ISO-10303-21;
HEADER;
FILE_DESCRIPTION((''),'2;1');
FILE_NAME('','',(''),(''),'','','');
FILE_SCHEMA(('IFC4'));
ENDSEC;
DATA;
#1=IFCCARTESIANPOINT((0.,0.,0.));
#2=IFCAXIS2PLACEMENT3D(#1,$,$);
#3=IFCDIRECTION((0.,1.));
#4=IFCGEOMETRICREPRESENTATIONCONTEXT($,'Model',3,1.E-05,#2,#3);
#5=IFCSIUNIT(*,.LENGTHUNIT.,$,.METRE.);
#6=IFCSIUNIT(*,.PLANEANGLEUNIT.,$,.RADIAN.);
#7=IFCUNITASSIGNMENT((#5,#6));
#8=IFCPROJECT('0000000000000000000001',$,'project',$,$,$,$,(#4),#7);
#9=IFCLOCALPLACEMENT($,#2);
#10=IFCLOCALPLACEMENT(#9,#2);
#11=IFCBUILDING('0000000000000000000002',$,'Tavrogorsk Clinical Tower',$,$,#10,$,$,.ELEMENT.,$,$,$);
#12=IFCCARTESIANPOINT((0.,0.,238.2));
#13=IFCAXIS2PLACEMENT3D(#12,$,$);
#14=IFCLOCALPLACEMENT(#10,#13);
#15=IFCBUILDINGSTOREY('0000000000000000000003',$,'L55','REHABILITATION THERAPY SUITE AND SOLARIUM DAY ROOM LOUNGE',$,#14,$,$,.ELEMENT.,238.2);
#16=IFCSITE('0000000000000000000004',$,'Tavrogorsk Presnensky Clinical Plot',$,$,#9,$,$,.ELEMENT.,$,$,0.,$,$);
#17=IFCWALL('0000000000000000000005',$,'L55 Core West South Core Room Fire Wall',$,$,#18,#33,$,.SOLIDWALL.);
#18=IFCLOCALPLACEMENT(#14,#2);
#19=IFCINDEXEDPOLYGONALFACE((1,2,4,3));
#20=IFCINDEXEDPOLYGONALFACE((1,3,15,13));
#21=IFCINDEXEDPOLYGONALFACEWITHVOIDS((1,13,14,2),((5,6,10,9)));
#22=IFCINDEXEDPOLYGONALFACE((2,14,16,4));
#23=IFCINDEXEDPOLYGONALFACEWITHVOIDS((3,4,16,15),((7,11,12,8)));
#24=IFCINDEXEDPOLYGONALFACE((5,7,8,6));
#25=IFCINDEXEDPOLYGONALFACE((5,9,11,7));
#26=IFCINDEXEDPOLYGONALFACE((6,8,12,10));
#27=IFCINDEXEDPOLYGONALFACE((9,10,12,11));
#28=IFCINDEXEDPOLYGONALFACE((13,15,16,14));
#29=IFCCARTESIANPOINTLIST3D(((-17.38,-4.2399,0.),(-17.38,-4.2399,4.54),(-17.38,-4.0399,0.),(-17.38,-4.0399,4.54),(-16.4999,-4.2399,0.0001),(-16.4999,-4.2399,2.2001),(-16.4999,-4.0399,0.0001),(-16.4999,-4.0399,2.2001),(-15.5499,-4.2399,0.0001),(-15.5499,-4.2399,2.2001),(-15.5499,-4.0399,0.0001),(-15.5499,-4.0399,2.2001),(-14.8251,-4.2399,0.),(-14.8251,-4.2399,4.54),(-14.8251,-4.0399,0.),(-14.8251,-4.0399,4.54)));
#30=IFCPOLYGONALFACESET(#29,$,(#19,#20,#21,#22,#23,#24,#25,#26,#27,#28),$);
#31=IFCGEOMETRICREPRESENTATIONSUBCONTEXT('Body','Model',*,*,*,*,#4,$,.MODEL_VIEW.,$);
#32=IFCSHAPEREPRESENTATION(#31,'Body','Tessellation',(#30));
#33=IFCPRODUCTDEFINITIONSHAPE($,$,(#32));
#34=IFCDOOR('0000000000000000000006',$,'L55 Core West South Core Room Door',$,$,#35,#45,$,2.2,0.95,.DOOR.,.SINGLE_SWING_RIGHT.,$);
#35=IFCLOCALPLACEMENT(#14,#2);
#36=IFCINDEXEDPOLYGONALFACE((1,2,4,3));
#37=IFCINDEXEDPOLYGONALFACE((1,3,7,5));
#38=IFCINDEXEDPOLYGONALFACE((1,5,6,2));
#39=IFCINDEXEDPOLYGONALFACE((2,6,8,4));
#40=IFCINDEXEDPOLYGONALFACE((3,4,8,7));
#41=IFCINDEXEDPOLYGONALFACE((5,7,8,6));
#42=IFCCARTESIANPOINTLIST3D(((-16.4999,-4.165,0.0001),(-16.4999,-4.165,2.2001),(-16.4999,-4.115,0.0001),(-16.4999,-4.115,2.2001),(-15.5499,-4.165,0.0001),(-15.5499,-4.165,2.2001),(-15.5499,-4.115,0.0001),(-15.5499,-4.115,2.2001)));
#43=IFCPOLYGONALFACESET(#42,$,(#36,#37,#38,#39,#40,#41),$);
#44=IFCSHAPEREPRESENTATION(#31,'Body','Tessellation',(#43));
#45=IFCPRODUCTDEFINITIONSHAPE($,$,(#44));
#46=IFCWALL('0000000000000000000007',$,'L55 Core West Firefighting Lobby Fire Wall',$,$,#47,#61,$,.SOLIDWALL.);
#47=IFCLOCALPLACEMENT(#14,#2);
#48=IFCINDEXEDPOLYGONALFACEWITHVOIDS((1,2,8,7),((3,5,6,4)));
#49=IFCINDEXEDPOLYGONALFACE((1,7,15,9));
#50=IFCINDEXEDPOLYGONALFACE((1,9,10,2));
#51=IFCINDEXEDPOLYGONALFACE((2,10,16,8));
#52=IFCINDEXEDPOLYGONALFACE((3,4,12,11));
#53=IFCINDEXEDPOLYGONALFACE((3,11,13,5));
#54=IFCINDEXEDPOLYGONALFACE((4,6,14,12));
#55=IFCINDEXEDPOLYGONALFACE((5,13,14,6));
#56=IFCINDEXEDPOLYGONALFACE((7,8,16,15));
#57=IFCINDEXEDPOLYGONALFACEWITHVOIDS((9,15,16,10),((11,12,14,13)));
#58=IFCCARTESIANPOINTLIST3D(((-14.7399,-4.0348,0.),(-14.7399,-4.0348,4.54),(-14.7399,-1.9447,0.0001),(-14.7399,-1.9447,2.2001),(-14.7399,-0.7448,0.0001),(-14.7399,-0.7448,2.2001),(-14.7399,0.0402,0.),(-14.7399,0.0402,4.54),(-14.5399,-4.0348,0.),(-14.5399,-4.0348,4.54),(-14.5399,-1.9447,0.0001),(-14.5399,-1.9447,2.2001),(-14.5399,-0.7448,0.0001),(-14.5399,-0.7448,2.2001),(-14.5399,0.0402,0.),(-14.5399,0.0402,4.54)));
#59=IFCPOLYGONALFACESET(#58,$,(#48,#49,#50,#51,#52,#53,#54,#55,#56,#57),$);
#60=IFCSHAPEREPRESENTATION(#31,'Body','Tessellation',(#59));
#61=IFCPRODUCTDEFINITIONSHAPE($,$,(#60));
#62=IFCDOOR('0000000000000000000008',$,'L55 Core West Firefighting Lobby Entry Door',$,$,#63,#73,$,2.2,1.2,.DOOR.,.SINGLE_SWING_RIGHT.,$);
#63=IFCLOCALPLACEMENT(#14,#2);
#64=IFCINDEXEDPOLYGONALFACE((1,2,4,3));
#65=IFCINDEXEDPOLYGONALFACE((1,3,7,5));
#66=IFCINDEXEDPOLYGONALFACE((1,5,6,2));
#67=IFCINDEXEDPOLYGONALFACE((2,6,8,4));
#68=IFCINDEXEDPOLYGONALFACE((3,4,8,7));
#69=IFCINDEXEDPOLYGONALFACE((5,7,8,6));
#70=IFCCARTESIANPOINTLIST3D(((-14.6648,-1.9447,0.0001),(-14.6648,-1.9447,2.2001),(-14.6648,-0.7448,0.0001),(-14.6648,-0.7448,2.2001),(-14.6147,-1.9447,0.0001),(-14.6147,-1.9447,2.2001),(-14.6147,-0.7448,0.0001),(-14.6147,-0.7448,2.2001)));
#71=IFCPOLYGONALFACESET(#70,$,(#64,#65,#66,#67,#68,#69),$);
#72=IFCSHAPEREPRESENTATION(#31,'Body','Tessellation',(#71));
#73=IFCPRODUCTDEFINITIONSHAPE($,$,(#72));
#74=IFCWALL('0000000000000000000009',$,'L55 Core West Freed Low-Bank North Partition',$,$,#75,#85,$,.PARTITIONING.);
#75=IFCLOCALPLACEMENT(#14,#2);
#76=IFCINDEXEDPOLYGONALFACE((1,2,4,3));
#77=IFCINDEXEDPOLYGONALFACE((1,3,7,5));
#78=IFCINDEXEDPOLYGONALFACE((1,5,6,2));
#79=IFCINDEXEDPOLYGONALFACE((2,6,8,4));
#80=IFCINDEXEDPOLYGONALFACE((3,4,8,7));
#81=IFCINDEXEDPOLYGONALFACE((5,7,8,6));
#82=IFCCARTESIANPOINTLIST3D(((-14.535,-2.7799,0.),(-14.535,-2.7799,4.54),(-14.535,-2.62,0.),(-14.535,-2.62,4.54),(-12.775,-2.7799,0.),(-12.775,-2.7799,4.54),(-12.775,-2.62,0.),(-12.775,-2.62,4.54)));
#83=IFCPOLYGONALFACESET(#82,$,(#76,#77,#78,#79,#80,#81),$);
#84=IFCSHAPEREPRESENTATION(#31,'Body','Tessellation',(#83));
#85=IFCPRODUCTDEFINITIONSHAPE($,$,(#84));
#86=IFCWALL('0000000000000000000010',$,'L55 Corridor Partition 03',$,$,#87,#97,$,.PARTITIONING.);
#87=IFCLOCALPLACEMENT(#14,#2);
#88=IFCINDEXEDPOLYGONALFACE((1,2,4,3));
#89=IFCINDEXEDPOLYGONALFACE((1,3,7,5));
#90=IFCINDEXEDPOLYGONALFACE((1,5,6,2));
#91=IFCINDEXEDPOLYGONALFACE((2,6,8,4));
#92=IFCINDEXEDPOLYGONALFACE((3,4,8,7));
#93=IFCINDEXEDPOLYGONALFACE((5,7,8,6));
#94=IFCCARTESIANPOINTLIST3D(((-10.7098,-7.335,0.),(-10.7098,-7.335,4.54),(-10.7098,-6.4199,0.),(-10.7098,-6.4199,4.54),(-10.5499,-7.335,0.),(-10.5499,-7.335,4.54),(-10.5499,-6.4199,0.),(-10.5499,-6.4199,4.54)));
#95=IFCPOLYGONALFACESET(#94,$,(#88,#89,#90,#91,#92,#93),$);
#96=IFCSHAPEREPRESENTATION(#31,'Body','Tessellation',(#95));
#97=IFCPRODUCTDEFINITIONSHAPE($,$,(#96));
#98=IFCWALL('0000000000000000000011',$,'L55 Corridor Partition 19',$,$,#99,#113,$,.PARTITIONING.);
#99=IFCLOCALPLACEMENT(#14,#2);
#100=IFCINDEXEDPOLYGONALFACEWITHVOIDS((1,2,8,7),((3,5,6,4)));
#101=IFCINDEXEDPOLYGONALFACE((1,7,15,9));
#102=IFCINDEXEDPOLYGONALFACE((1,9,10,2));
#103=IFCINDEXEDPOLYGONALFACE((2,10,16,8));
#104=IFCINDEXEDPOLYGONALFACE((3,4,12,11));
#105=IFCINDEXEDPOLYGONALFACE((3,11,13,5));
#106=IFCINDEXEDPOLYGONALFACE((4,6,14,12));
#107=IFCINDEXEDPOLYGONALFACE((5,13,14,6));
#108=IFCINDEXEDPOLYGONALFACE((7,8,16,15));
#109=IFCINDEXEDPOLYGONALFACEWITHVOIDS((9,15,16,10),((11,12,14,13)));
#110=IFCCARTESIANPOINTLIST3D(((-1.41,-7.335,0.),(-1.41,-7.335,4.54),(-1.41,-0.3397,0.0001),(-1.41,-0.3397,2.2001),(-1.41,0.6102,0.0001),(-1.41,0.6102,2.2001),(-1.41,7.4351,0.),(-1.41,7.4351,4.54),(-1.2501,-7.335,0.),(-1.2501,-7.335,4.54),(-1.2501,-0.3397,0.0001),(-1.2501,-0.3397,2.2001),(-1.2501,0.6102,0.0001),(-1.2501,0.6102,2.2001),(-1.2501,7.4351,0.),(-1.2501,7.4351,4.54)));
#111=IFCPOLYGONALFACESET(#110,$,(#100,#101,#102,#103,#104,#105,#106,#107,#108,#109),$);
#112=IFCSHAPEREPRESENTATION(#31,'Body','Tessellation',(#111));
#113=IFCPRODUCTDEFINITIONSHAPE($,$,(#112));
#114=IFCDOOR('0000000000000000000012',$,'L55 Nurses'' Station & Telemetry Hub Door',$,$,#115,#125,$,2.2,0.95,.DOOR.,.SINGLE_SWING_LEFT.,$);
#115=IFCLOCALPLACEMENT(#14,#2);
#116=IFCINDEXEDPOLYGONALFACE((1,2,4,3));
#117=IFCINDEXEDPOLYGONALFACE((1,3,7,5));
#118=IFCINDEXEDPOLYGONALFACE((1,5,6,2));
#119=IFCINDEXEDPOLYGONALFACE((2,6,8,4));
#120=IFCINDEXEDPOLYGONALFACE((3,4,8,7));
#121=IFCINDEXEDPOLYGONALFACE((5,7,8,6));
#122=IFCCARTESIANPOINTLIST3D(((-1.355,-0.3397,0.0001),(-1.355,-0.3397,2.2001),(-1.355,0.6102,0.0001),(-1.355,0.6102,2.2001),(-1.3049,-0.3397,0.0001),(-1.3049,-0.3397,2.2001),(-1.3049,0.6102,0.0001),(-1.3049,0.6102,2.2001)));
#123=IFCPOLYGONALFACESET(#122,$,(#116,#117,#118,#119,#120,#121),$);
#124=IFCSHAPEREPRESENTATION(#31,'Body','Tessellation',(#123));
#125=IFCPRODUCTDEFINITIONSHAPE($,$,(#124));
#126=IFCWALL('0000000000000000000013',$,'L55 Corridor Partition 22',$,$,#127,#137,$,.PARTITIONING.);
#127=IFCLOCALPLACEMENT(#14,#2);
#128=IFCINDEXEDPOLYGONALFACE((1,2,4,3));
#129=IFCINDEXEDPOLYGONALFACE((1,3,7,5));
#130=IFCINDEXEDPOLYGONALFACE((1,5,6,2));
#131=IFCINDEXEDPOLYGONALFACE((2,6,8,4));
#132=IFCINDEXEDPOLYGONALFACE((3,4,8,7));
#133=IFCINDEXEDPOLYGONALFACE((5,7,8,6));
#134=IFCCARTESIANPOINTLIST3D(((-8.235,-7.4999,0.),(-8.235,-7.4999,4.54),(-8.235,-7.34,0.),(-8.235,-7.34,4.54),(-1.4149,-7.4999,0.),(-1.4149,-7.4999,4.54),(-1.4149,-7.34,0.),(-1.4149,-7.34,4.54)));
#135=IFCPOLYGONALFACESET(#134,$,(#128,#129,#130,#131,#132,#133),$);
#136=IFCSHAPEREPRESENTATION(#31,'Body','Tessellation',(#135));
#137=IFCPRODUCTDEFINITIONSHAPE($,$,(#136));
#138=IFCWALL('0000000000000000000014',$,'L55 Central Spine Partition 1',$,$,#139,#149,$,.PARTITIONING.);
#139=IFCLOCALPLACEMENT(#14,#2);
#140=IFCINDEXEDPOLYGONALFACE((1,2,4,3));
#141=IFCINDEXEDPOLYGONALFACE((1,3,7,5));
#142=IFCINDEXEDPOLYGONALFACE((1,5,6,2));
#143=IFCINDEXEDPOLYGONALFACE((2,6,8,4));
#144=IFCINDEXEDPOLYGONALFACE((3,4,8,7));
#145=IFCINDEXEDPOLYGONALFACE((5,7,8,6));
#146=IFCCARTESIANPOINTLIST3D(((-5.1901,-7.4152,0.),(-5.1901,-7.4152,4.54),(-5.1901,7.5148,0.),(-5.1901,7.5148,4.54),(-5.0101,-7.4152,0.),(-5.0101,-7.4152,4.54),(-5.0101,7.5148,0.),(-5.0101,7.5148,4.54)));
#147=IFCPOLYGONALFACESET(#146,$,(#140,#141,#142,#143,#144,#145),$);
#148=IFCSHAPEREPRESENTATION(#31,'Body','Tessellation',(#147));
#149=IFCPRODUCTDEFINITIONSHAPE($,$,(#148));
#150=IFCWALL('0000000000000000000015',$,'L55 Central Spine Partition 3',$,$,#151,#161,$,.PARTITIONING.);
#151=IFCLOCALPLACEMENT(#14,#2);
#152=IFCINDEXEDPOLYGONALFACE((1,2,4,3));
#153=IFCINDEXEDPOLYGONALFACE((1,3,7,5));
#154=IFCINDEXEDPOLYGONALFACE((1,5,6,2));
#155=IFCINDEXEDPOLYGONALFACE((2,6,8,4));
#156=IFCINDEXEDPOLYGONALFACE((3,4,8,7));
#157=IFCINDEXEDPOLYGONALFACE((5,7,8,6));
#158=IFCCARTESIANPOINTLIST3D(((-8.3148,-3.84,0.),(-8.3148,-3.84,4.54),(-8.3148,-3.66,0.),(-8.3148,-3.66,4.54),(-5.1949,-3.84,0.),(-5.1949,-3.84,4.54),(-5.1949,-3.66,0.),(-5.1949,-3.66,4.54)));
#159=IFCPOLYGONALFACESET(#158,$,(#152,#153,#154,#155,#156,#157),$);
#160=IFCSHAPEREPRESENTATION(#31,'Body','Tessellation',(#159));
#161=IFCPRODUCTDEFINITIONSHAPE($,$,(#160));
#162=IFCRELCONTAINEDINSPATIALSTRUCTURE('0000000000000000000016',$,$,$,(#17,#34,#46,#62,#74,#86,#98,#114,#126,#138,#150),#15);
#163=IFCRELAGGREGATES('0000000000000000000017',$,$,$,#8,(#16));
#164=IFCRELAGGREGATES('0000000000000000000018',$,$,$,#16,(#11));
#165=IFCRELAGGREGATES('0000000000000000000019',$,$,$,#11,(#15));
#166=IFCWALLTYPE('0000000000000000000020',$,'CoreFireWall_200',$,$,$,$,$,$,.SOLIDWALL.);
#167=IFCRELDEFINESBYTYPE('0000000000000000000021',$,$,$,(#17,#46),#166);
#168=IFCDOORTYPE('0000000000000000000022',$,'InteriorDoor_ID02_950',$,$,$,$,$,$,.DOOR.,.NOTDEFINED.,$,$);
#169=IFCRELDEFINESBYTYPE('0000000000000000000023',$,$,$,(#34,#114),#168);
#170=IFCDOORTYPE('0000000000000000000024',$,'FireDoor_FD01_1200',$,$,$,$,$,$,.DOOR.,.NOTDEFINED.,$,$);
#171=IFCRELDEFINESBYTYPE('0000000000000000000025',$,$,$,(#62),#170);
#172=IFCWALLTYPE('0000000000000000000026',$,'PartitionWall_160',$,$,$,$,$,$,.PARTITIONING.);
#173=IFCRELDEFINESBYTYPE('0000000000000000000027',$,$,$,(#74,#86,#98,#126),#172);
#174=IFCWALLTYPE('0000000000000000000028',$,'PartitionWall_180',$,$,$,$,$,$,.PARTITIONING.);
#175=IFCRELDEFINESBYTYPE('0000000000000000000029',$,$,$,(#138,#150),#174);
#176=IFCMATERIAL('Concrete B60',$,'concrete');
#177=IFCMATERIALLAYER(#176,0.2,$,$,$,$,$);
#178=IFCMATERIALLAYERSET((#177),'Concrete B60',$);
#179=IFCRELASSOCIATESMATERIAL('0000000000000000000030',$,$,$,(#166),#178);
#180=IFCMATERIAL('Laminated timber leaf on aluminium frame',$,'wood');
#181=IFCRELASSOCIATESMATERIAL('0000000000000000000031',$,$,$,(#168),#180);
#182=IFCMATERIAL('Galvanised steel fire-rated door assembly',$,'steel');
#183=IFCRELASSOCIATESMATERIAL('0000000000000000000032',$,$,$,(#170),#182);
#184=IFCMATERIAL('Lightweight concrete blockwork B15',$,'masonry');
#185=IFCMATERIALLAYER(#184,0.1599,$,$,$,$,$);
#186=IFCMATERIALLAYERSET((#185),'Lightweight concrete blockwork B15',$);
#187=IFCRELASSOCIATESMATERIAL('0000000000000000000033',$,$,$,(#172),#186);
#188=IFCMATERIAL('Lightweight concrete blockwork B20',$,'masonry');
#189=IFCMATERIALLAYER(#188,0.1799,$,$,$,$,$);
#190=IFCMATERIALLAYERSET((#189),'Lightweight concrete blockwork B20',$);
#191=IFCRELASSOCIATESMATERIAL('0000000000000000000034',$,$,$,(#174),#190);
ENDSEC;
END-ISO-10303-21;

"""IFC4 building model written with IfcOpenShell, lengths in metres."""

from ifc_helpers import new_model, si_unit, direction, frame, frame_2d, origin, place, context, subcontext, project, spatial, rectangle, extrude, material, layer, layer_set, type_object, element, fill, save


model = new_model("IFC4")

# Units and contexts
model_context = context("Model", 3, precision=1e-05, world=origin(), true_north=direction((0.0, 1.0)))
body_context = subcontext(model_context, "Body", "Model", "MODEL_VIEW")
ifc_project = project(units=[si_unit("LENGTHUNIT", "METRE"), si_unit("PLANEANGLEUNIT", "RADIAN")], contexts=[model_context])

# Site, building, storey
site_placement = place(None, origin())
site = spatial("IfcSite", under=ifc_project, at=site_placement, Name="Tavrogorsk Presnensky Clinical Plot", CompositionType="ELEMENT", RefElevation=0.0)
building_placement = place(site_placement, origin())
building = spatial("IfcBuilding", under=site, at=building_placement, Name="Tavrogorsk Clinical Tower", CompositionType="ELEMENT")
storey_placement = place(building_placement, frame((0.0, 0.0, 238.2)))
storey = spatial("IfcBuildingStorey", under=building, at=storey_placement, Name="L55", Description="REHABILITATION THERAPY SUITE AND SOLARIUM DAY ROOM LOUNGE", CompositionType="ELEMENT", Elevation=238.2)

# Walls, openings, doors
ifc_material_1 = material(Name="Concrete B60", Category="concrete")
ifc_layer_1 = layer(ifc_material_1, 0.2)
ifc_layer_set_1 = layer_set([ifc_layer_1], Name="Concrete B60")
wall_type_1 = type_object("IfcWallType", Name="CoreFireWall_200", PredefinedType="SOLIDWALL", material=ifc_layer_set_1)
wall_1_placement = place(storey_placement, frame((-17.3799, -4.1399, 0.0), z_axis=(0.0, 0.0, 1.0), x_axis=(1.0, 0.0, 0.0)))
wall_1 = element("IfcWall", 1, at=wall_1_placement, inside=storey, type_object=wall_type_1, Name="L55 Core West South Core Room Fire Wall", PredefinedType="SOLIDWALL", context=body_context, shape_type="SweptSolid", body=[
    extrude(rectangle(XDim=2.5549, YDim=0.2, at=frame_2d((1.2773, 0.0))), origin(), (0.0, 0.0, 1.0), 4.54),
])
opening_1_placement = place(wall_1_placement, frame((0.8799, 0.0, 0.0)))
opening_1 = element("IfcOpeningElement", 2, at=opening_1_placement, cuts=wall_1, PredefinedType="OPENING", context=body_context, shape_type="SweptSolid", body=[
    extrude(rectangle(XDim=0.95, YDim=2.2, at=frame_2d((0.4751, 1.1001))), frame((0.0, 0.1099, 0.0), z_axis=(0.0, -1.0, 0.0), x_axis=(1.0, 0.0, 0.0)), (0.0, 0.0, 1.0), 0.22),
])
ifc_material_2 = material(Name="Laminated timber leaf on aluminium frame", Category="wood")
door_type_1 = type_object("IfcDoorType", Name="InteriorDoor_ID02_950", OperationType="NOTDEFINED", PredefinedType="DOOR", material=ifc_material_2)
door_1_placement = place(opening_1_placement, origin())
door_1 = element("IfcDoor", 3, at=door_1_placement, inside=storey, type_object=door_type_1, Name="L55 Core West South Core Room Door", OperationType="SINGLE_SWING_RIGHT", OverallHeight=2.2, OverallWidth=0.95, PredefinedType="DOOR", context=body_context, shape_type="SweptSolid", body=[
    extrude(rectangle(XDim=0.95, YDim=2.2, at=frame_2d((0.4751, 1.1001))), frame((0.0, 0.0249, 0.0), z_axis=(0.0, -1.0, 0.0), x_axis=(1.0, 0.0, 0.0)), (0.0, 0.0, 1.0), 0.05),
])
fill(opening_1, door_1)
wall_2_placement = place(storey_placement, frame((-14.6399, -4.0349, 0.0), z_axis=(0.0, 0.0, 1.0), x_axis=(0.0, 1.0, 0.0)))
wall_2 = element("IfcWall", 4, at=wall_2_placement, inside=storey, type_object=wall_type_1, Name="L55 Core West Firefighting Lobby Fire Wall", PredefinedType="SOLIDWALL", context=body_context, shape_type="SweptSolid", body=[
    extrude(rectangle(XDim=4.075, YDim=0.2, at=frame_2d((2.0376, 0.0))), origin(), (0.0, 0.0, 1.0), 4.54),
])
opening_2_placement = place(wall_2_placement, frame((2.0901, 0.0, 0.0)))
opening_2 = element("IfcOpeningElement", 5, at=opening_2_placement, cuts=wall_2, PredefinedType="OPENING", context=body_context, shape_type="SweptSolid", body=[
    extrude(rectangle(XDim=1.2, YDim=2.2, at=frame_2d((0.6001, 1.1001))), frame((0.0, 0.1099, 0.0), z_axis=(0.0, -1.0, 0.0), x_axis=(1.0, 0.0, 0.0)), (0.0, 0.0, 1.0), 0.22),
])
ifc_material_3 = material(Name="Galvanised steel fire-rated door assembly", Category="steel")
door_type_2 = type_object("IfcDoorType", Name="FireDoor_FD01_1200", OperationType="NOTDEFINED", PredefinedType="DOOR", material=ifc_material_3)
door_2_placement = place(opening_2_placement, origin())
door_2 = element("IfcDoor", 6, at=door_2_placement, inside=storey, type_object=door_type_2, Name="L55 Core West Firefighting Lobby Entry Door", OperationType="SINGLE_SWING_RIGHT", OverallHeight=2.2, OverallWidth=1.2, PredefinedType="DOOR", context=body_context, shape_type="SweptSolid", body=[
    extrude(rectangle(XDim=1.2, YDim=2.2, at=frame_2d((0.6001, 1.1001))), frame((0.0, 0.0249, 0.0), z_axis=(0.0, -1.0, 0.0), x_axis=(1.0, 0.0, 0.0)), (0.0, 0.0, 1.0), 0.05),
])
fill(opening_2, door_2)

# Walls
ifc_material_4 = material(Name="Lightweight concrete blockwork B15", Category="masonry")
ifc_layer_2 = layer(ifc_material_4, 0.1599)
ifc_layer_set_2 = layer_set([ifc_layer_2], Name="Lightweight concrete blockwork B15")
wall_type_2 = type_object("IfcWallType", Name="PartitionWall_160", PredefinedType="PARTITIONING", material=ifc_layer_set_2)
wall_3_placement = place(storey_placement, frame((-14.5349, -2.7, 0.0), z_axis=(0.0, 0.0, 1.0), x_axis=(1.0, 0.0, 0.0)))
element("IfcWall", 7, at=wall_3_placement, inside=storey, type_object=wall_type_2, Name="L55 Core West Freed Low-Bank North Partition", PredefinedType="PARTITIONING", context=body_context, shape_type="SweptSolid", body=[
    extrude(rectangle(XDim=1.76, YDim=0.1599, at=frame_2d((0.8799, 0.0))), origin(), (0.0, 0.0, 1.0), 4.54),
])
wall_4_placement = place(storey_placement, frame((-10.6299, -7.335, 0.0), z_axis=(0.0, 0.0, 1.0), x_axis=(0.0, 1.0, 0.0)))
element("IfcWall", 8, at=wall_4_placement, inside=storey, type_object=wall_type_2, Name="L55 Corridor Partition 03", PredefinedType="PARTITIONING", context=body_context, shape_type="SweptSolid", body=[
    extrude(rectangle(XDim=0.915, YDim=0.1599, at=frame_2d((0.4575, 0.0))), origin(), (0.0, 0.0, 1.0), 4.54),
])

# Wall, opening, door
wall_5_placement = place(storey_placement, frame((-1.3301, -7.335, 0.0), z_axis=(0.0, 0.0, 1.0), x_axis=(0.0, 1.0, 0.0)))
wall_5 = element("IfcWall", 9, at=wall_5_placement, inside=storey, type_object=wall_type_2, Name="L55 Corridor Partition 19", PredefinedType="PARTITIONING", context=body_context, shape_type="SweptSolid", body=[
    extrude(rectangle(XDim=14.77, YDim=0.1599, at=frame_2d((7.385, 0.0))), origin(), (0.0, 0.0, 1.0), 4.54),
])
opening_3_placement = place(wall_5_placement, frame((6.9951, 0.0, 0.0)))
opening_3 = element("IfcOpeningElement", 10, at=opening_3_placement, cuts=wall_5, PredefinedType="OPENING", context=body_context, shape_type="SweptSolid", body=[
    extrude(rectangle(XDim=0.95, YDim=2.2, at=frame_2d((0.4751, 1.1001))), frame((0.0, 0.0898, 0.0), z_axis=(0.0, -1.0, 0.0), x_axis=(1.0, 0.0, 0.0)), (0.0, 0.0, 1.0), 0.1799),
])
door_3_placement = place(opening_3_placement, origin())
door_3 = element("IfcDoor", 11, at=door_3_placement, inside=storey, type_object=door_type_1, Name="L55 Nurses' Station & Telemetry Hub Door", OperationType="SINGLE_SWING_LEFT", OverallHeight=2.2, OverallWidth=0.95, PredefinedType="DOOR", context=body_context, shape_type="SweptSolid", body=[
    extrude(rectangle(XDim=0.95, YDim=2.2, at=frame_2d((0.4751, 1.1001))), frame((0.0, 0.0249, 0.0), z_axis=(0.0, -1.0, 0.0), x_axis=(1.0, 0.0, 0.0)), (0.0, 0.0, 1.0), 0.05),
])
fill(opening_3, door_3)

# Walls
wall_6_placement = place(storey_placement, frame((-8.2351, -7.4199, 0.0), z_axis=(0.0, 0.0, 1.0), x_axis=(1.0, 0.0, 0.0)))
element("IfcWall", 12, at=wall_6_placement, inside=storey, type_object=wall_type_2, Name="L55 Corridor Partition 22", PredefinedType="PARTITIONING", context=body_context, shape_type="SweptSolid", body=[
    extrude(rectangle(XDim=6.8201, YDim=0.1599, at=frame_2d((3.4102, 0.0))), origin(), (0.0, 0.0, 1.0), 4.54),
])
ifc_material_5 = material(Name="Lightweight concrete blockwork B20", Category="masonry")
ifc_layer_3 = layer(ifc_material_5, 0.1799)
ifc_layer_set_3 = layer_set([ifc_layer_3], Name="Lightweight concrete blockwork B20")
wall_type_3 = type_object("IfcWallType", Name="PartitionWall_180", PredefinedType="PARTITIONING", material=ifc_layer_set_3)
wall_7_placement = place(storey_placement, frame((-5.1001, -7.415, 0.0), z_axis=(0.0, 0.0, 1.0), x_axis=(0.0, 1.0, 0.0)))
element("IfcWall", 13, at=wall_7_placement, inside=storey, type_object=wall_type_3, Name="L55 Central Spine Partition 1", PredefinedType="PARTITIONING", context=body_context, shape_type="SweptSolid", body=[
    extrude(rectangle(XDim=14.9299, YDim=0.1799, at=frame_2d((7.4648, 0.0))), origin(), (0.0, 0.0, 1.0), 4.54),
])
wall_8_placement = place(storey_placement, frame((-8.3149, -3.75, 0.0), z_axis=(0.0, 0.0, 1.0), x_axis=(1.0, 0.0, 0.0)))
element("IfcWall", 14, at=wall_8_placement, inside=storey, type_object=wall_type_3, Name="L55 Central Spine Partition 3", PredefinedType="PARTITIONING", context=body_context, shape_type="SweptSolid", body=[
    extrude(rectangle(XDim=3.1199, YDim=0.1799, at=frame_2d((1.5601, 0.0))), origin(), (0.0, 0.0, 1.0), 4.54),
])

save(model, "model.ifc")
